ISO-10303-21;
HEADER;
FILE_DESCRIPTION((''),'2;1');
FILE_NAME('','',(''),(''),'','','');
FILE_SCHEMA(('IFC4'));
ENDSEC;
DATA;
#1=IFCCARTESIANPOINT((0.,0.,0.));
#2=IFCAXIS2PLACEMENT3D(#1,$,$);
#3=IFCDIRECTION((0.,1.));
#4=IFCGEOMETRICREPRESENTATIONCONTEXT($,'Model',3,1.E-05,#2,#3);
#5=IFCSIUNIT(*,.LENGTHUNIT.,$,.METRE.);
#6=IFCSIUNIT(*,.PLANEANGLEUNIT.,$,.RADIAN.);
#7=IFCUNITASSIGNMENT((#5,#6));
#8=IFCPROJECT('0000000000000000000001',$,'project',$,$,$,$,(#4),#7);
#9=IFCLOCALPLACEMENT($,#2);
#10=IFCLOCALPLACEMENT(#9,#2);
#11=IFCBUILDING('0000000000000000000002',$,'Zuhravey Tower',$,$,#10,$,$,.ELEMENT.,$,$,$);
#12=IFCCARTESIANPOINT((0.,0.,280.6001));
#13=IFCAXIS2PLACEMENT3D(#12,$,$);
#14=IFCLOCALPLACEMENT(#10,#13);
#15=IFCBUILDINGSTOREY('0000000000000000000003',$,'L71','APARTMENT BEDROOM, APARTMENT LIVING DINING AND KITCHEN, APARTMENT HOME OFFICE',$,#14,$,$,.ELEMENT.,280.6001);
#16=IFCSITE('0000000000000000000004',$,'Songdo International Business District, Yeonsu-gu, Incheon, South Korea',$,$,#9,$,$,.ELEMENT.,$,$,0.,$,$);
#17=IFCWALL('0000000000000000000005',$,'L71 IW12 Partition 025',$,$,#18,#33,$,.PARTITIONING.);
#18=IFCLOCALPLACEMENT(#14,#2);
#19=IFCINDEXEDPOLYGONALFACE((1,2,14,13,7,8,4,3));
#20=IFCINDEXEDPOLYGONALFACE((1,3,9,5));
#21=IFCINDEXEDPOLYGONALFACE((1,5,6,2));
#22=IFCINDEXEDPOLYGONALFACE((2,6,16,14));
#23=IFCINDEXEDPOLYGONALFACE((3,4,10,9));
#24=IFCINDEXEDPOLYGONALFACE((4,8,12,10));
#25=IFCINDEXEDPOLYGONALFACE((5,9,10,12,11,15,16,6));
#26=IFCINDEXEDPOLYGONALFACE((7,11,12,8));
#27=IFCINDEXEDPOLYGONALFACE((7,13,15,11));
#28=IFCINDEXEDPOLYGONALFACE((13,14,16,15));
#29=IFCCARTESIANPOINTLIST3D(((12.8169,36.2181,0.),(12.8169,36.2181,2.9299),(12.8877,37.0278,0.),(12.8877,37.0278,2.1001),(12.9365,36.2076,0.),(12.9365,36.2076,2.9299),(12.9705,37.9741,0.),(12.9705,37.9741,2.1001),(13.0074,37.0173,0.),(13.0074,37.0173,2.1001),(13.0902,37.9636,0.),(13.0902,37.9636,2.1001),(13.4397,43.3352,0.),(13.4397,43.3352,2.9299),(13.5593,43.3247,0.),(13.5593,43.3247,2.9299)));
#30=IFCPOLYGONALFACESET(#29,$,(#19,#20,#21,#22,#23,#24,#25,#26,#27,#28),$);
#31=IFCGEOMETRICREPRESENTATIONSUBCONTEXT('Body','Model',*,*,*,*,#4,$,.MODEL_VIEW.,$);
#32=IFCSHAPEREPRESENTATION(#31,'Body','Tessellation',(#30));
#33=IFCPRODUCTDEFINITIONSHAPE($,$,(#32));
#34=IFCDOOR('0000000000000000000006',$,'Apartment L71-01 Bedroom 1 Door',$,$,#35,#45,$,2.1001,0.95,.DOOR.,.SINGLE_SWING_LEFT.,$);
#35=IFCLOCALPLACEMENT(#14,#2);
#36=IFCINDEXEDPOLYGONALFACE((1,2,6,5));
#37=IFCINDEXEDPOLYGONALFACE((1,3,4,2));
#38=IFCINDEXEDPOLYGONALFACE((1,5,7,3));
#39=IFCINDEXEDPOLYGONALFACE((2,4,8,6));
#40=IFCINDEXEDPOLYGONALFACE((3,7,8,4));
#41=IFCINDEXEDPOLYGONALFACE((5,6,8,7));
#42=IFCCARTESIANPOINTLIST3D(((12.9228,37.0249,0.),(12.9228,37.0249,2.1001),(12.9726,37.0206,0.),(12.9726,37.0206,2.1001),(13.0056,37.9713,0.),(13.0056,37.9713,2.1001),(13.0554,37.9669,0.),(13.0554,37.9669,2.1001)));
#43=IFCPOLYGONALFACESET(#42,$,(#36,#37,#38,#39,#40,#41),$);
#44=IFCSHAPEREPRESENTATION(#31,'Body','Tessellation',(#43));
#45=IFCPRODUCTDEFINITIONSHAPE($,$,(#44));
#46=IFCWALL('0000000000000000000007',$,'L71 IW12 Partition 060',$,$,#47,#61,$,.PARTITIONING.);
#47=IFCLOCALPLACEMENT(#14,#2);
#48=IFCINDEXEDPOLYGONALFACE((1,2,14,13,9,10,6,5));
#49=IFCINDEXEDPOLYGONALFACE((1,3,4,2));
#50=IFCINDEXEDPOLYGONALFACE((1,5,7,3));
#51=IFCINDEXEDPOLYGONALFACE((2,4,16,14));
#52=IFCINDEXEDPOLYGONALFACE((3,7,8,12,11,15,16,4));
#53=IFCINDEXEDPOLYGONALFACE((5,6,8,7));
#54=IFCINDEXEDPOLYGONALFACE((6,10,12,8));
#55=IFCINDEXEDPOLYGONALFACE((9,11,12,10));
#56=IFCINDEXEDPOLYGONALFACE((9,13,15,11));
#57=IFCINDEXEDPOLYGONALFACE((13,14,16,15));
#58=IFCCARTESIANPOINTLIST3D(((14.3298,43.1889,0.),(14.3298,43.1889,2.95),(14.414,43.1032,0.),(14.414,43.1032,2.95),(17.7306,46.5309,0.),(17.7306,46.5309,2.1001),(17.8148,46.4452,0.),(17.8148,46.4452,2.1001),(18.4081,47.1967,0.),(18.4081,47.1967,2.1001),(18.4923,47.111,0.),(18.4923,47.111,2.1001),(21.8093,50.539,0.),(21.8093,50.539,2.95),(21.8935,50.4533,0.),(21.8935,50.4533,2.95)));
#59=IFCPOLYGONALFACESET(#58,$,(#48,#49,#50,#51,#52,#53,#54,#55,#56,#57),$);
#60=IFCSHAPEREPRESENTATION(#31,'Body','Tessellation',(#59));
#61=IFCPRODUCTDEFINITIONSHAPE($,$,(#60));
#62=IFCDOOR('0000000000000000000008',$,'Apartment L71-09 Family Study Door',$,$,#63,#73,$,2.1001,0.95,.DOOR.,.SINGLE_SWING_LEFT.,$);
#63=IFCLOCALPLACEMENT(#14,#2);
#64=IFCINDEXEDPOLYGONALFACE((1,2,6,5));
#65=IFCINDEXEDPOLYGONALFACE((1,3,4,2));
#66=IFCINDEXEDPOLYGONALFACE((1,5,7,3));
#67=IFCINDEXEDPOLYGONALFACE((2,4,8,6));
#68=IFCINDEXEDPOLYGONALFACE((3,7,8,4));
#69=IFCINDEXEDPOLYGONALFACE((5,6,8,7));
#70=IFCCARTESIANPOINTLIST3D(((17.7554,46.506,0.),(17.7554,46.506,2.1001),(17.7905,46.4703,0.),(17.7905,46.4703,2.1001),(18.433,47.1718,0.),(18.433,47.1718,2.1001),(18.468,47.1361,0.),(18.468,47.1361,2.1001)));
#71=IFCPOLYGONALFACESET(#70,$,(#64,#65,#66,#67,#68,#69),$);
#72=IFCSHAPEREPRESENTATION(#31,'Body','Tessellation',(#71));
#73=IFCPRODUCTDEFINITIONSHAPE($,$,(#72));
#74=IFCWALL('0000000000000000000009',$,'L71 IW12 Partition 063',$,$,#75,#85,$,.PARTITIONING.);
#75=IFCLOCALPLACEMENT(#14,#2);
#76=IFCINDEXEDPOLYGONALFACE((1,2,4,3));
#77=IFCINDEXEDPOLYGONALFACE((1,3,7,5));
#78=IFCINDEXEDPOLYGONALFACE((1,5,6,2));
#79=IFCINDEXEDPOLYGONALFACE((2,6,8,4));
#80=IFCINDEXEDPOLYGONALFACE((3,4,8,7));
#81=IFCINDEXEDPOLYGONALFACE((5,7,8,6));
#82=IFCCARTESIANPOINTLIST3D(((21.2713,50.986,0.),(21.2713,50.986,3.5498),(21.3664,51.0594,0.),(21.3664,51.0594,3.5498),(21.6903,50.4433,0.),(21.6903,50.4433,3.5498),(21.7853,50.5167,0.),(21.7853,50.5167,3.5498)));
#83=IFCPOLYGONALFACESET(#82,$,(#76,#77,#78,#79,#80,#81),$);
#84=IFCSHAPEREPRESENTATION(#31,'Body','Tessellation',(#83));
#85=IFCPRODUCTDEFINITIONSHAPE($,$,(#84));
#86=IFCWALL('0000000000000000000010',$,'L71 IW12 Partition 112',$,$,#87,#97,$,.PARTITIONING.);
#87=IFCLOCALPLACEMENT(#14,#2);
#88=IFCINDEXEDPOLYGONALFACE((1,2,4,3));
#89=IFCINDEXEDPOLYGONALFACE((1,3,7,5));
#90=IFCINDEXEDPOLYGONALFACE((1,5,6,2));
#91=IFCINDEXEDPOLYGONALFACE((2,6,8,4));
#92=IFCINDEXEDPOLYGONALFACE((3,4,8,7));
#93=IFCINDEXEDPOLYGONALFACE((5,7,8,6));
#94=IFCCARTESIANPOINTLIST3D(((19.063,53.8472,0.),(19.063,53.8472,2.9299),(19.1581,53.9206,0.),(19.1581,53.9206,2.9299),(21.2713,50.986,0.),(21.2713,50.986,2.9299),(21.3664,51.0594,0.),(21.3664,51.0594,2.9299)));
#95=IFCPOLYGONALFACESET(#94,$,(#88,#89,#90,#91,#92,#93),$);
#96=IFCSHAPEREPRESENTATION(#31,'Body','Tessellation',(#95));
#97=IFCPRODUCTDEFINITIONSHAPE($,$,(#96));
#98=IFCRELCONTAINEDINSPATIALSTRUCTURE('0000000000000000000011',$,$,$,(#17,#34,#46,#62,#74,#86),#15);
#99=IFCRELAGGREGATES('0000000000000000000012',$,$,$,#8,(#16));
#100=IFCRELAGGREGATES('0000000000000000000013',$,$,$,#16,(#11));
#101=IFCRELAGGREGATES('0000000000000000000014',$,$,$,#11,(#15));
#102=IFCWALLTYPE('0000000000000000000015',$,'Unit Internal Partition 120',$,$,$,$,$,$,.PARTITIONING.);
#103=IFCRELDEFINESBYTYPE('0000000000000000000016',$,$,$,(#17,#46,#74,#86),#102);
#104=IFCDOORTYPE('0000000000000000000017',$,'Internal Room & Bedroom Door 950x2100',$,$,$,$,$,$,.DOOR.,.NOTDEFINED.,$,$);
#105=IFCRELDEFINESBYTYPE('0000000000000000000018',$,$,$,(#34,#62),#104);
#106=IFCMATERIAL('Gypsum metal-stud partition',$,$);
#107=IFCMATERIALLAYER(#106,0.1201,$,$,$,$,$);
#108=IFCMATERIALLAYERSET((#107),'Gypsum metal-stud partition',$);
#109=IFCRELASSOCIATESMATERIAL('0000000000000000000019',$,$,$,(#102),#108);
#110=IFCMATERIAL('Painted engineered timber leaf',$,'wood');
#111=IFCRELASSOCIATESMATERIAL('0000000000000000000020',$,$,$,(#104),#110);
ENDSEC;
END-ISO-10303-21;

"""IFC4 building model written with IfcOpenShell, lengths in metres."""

from ifc_helpers import new_model, si_unit, direction, frame, frame_2d, origin, place, context, subcontext, project, spatial, rectangle, extrude, material, layer, layer_set, type_object, element, fill, save


model = new_model("IFC4")

# Units and contexts
model_context = context("Model", 3, precision=1e-05, world=origin(), true_north=direction((0.0, 1.0)))
body_context = subcontext(model_context, "Body", "Model", "MODEL_VIEW")
ifc_project = project(units=[si_unit("LENGTHUNIT", "METRE"), si_unit("PLANEANGLEUNIT", "RADIAN")], contexts=[model_context])

# Site, building, storey
site_placement = place(None, origin())
site = spatial("IfcSite", under=ifc_project, at=site_placement, Name="Songdo International Business District, Yeonsu-gu, Incheon, South Korea", CompositionType="ELEMENT", RefElevation=0.0)
building_placement = place(site_placement, origin())
building = spatial("IfcBuilding", under=site, at=building_placement, Name="Zuhravey Tower", CompositionType="ELEMENT")
storey_placement = place(building_placement, frame((0.0, 0.0, 280.6001)))
storey = spatial("IfcBuildingStorey", under=building, at=storey_placement, Name="L71", Description="APARTMENT BEDROOM, APARTMENT LIVING DINING AND KITCHEN, APARTMENT HOME OFFICE", CompositionType="ELEMENT", Elevation=280.6001)

# Walls, openings, doors
ifc_material_1 = material(Name="Gypsum metal-stud partition")
ifc_layer_1 = layer(ifc_material_1, 0.1201)
ifc_layer_set_1 = layer_set([ifc_layer_1], Name="Gypsum metal-stud partition")
wall_type_1 = type_object("IfcWallType", Name="Unit Internal Partition 120", PredefinedType="PARTITIONING", material=ifc_layer_set_1)
wall_1_placement = place(storey_placement, frame((13.4995, 43.3301, 0.0), z_axis=(0.0, 0.0, 1.0), x_axis=(-0.087174, -0.996193, 0.0)))
wall_1 = element("IfcWall", 1, at=wall_1_placement, inside=storey, type_object=wall_type_1, Name="L71 IW12 Partition 025", PredefinedType="PARTITIONING", context=body_context, shape_type="SweptSolid", body=[
    extrude(rectangle(XDim=7.1443, YDim=0.1201, at=frame_2d((3.5723, 0.0))), origin(), (0.0, 0.0, 1.0), 2.9299),
])
opening_1_placement = place(wall_1_placement, frame((5.3816, 0.0, 0.0)))
opening_1 = element("IfcOpeningElement", 2, at=opening_1_placement, cuts=wall_1, PredefinedType="OPENING", context=body_context, shape_type="SweptSolid", body=[
    extrude(rectangle(XDim=0.95, YDim=2.1001, at=frame_2d((0.4751, 1.05))), frame((0.0, 0.072, 0.0), z_axis=(0.0, -1.0, 0.0), x_axis=(1.0, 0.0, 0.0)), (0.0, 0.0, 1.0), 0.144),
])
ifc_material_2 = material(Name="Painted engineered timber leaf", Category="wood")
door_type_1 = type_object("IfcDoorType", Name="Internal Room & Bedroom Door 950x2100", OperationType="NOTDEFINED", PredefinedType="DOOR", material=ifc_material_2)
door_1_placement = place(opening_1_placement, frame((0.95, 0.0, 0.0), z_axis=(0.0, 0.0, 1.0), x_axis=(-1.0, 0.0, 0.0)))
door_1 = element("IfcDoor", 3, at=door_1_placement, inside=storey, type_object=door_type_1, Name="Apartment L71-01 Bedroom 1 Door", OperationType="SINGLE_SWING_LEFT", OverallHeight=2.1001, OverallWidth=0.95, PredefinedType="DOOR", context=body_context, shape_type="SweptSolid", body=[
    extrude(rectangle(XDim=0.95, YDim=2.1001, at=frame_2d((0.4751, 1.05))), frame((0.0, 0.0249, 0.0), z_axis=(0.0, -1.0, 0.0), x_axis=(1.0, 0.0, 0.0)), (0.0, 0.0, 1.0), 0.05),
])
fill(opening_1, door_1)
wall_2_placement = place(storey_placement, frame((21.8513, 50.4961, 0.0), z_axis=(0.0, 0.0, 1.0), x_axis=(-0.713249, -0.70091, 0.0)))
wall_2 = element("IfcWall", 4, at=wall_2_placement, inside=storey, type_object=wall_type_1, Name="L71 IW12 Partition 060", PredefinedType="PARTITIONING", context=body_context, shape_type="SweptSolid", body=[
    extrude(rectangle(XDim=10.4866, YDim=0.1201, at=frame_2d((5.2432, 0.0))), origin(), (0.0, 0.0, 1.0), 2.95),
])
opening_2_placement = place(wall_2_placement, frame((4.7683, 0.0, 0.0)))
opening_2 = element("IfcOpeningElement", 5, at=opening_2_placement, cuts=wall_2, PredefinedType="OPENING", context=body_context, shape_type="SweptSolid", body=[
    extrude(rectangle(XDim=0.95, YDim=2.1001, at=frame_2d((0.4751, 1.05))), frame((0.0, 0.072, 0.0), z_axis=(0.0, -1.0, 0.0), x_axis=(1.0, 0.0, 0.0)), (0.0, 0.0, 1.0), 0.144),
])
door_2_placement = place(opening_2_placement, frame((0.95, 0.0, 0.0), z_axis=(0.0, 0.0, 1.0), x_axis=(-1.0, 0.0, 0.0)))
door_2 = element("IfcDoor", 6, at=door_2_placement, inside=storey, type_object=door_type_1, Name="Apartment L71-09 Family Study Door", OperationType="SINGLE_SWING_LEFT", OverallHeight=2.1001, OverallWidth=0.95, PredefinedType="DOOR", context=body_context, shape_type="SweptSolid", body=[
    extrude(rectangle(XDim=0.95, YDim=2.1001, at=frame_2d((0.4751, 1.05))), frame((0.0, 0.0249, 0.0), z_axis=(0.0, -1.0, 0.0), x_axis=(1.0, 0.0, 0.0)), (0.0, 0.0, 1.0), 0.05),
])
fill(opening_2, door_2)

# Walls
wall_3_placement = place(storey_placement, frame((21.7378, 50.48, 0.0), z_axis=(0.0, 0.0, 1.0), x_axis=(-0.611052, 0.79159, 0.0)))
element("IfcWall", 7, at=wall_3_placement, inside=storey, type_object=wall_type_1, Name="L71 IW12 Partition 063", PredefinedType="PARTITIONING", context=body_context, shape_type="SweptSolid", body=[
    extrude(rectangle(XDim=0.6855, YDim=0.1201, at=frame_2d((0.3428, 0.0))), origin(), (0.0, 0.0, 1.0), 3.5498),
])
wall_4_placement = place(storey_placement, frame((21.3188, 51.0227, 0.0), z_axis=(0.0, 0.0, 1.0), x_axis=(-0.610999, 0.791631, 0.0)))
element("IfcWall", 8, at=wall_4_placement, inside=storey, type_object=wall_type_1, Name="L71 IW12 Partition 112", PredefinedType="PARTITIONING", context=body_context, shape_type="SweptSolid", body=[
    extrude(rectangle(XDim=3.6143, YDim=0.1201, at=frame_2d((1.8071, 0.0))), origin(), (0.0, 0.0, 1.0), 2.9299),
])

save(model, "model.ifc")
